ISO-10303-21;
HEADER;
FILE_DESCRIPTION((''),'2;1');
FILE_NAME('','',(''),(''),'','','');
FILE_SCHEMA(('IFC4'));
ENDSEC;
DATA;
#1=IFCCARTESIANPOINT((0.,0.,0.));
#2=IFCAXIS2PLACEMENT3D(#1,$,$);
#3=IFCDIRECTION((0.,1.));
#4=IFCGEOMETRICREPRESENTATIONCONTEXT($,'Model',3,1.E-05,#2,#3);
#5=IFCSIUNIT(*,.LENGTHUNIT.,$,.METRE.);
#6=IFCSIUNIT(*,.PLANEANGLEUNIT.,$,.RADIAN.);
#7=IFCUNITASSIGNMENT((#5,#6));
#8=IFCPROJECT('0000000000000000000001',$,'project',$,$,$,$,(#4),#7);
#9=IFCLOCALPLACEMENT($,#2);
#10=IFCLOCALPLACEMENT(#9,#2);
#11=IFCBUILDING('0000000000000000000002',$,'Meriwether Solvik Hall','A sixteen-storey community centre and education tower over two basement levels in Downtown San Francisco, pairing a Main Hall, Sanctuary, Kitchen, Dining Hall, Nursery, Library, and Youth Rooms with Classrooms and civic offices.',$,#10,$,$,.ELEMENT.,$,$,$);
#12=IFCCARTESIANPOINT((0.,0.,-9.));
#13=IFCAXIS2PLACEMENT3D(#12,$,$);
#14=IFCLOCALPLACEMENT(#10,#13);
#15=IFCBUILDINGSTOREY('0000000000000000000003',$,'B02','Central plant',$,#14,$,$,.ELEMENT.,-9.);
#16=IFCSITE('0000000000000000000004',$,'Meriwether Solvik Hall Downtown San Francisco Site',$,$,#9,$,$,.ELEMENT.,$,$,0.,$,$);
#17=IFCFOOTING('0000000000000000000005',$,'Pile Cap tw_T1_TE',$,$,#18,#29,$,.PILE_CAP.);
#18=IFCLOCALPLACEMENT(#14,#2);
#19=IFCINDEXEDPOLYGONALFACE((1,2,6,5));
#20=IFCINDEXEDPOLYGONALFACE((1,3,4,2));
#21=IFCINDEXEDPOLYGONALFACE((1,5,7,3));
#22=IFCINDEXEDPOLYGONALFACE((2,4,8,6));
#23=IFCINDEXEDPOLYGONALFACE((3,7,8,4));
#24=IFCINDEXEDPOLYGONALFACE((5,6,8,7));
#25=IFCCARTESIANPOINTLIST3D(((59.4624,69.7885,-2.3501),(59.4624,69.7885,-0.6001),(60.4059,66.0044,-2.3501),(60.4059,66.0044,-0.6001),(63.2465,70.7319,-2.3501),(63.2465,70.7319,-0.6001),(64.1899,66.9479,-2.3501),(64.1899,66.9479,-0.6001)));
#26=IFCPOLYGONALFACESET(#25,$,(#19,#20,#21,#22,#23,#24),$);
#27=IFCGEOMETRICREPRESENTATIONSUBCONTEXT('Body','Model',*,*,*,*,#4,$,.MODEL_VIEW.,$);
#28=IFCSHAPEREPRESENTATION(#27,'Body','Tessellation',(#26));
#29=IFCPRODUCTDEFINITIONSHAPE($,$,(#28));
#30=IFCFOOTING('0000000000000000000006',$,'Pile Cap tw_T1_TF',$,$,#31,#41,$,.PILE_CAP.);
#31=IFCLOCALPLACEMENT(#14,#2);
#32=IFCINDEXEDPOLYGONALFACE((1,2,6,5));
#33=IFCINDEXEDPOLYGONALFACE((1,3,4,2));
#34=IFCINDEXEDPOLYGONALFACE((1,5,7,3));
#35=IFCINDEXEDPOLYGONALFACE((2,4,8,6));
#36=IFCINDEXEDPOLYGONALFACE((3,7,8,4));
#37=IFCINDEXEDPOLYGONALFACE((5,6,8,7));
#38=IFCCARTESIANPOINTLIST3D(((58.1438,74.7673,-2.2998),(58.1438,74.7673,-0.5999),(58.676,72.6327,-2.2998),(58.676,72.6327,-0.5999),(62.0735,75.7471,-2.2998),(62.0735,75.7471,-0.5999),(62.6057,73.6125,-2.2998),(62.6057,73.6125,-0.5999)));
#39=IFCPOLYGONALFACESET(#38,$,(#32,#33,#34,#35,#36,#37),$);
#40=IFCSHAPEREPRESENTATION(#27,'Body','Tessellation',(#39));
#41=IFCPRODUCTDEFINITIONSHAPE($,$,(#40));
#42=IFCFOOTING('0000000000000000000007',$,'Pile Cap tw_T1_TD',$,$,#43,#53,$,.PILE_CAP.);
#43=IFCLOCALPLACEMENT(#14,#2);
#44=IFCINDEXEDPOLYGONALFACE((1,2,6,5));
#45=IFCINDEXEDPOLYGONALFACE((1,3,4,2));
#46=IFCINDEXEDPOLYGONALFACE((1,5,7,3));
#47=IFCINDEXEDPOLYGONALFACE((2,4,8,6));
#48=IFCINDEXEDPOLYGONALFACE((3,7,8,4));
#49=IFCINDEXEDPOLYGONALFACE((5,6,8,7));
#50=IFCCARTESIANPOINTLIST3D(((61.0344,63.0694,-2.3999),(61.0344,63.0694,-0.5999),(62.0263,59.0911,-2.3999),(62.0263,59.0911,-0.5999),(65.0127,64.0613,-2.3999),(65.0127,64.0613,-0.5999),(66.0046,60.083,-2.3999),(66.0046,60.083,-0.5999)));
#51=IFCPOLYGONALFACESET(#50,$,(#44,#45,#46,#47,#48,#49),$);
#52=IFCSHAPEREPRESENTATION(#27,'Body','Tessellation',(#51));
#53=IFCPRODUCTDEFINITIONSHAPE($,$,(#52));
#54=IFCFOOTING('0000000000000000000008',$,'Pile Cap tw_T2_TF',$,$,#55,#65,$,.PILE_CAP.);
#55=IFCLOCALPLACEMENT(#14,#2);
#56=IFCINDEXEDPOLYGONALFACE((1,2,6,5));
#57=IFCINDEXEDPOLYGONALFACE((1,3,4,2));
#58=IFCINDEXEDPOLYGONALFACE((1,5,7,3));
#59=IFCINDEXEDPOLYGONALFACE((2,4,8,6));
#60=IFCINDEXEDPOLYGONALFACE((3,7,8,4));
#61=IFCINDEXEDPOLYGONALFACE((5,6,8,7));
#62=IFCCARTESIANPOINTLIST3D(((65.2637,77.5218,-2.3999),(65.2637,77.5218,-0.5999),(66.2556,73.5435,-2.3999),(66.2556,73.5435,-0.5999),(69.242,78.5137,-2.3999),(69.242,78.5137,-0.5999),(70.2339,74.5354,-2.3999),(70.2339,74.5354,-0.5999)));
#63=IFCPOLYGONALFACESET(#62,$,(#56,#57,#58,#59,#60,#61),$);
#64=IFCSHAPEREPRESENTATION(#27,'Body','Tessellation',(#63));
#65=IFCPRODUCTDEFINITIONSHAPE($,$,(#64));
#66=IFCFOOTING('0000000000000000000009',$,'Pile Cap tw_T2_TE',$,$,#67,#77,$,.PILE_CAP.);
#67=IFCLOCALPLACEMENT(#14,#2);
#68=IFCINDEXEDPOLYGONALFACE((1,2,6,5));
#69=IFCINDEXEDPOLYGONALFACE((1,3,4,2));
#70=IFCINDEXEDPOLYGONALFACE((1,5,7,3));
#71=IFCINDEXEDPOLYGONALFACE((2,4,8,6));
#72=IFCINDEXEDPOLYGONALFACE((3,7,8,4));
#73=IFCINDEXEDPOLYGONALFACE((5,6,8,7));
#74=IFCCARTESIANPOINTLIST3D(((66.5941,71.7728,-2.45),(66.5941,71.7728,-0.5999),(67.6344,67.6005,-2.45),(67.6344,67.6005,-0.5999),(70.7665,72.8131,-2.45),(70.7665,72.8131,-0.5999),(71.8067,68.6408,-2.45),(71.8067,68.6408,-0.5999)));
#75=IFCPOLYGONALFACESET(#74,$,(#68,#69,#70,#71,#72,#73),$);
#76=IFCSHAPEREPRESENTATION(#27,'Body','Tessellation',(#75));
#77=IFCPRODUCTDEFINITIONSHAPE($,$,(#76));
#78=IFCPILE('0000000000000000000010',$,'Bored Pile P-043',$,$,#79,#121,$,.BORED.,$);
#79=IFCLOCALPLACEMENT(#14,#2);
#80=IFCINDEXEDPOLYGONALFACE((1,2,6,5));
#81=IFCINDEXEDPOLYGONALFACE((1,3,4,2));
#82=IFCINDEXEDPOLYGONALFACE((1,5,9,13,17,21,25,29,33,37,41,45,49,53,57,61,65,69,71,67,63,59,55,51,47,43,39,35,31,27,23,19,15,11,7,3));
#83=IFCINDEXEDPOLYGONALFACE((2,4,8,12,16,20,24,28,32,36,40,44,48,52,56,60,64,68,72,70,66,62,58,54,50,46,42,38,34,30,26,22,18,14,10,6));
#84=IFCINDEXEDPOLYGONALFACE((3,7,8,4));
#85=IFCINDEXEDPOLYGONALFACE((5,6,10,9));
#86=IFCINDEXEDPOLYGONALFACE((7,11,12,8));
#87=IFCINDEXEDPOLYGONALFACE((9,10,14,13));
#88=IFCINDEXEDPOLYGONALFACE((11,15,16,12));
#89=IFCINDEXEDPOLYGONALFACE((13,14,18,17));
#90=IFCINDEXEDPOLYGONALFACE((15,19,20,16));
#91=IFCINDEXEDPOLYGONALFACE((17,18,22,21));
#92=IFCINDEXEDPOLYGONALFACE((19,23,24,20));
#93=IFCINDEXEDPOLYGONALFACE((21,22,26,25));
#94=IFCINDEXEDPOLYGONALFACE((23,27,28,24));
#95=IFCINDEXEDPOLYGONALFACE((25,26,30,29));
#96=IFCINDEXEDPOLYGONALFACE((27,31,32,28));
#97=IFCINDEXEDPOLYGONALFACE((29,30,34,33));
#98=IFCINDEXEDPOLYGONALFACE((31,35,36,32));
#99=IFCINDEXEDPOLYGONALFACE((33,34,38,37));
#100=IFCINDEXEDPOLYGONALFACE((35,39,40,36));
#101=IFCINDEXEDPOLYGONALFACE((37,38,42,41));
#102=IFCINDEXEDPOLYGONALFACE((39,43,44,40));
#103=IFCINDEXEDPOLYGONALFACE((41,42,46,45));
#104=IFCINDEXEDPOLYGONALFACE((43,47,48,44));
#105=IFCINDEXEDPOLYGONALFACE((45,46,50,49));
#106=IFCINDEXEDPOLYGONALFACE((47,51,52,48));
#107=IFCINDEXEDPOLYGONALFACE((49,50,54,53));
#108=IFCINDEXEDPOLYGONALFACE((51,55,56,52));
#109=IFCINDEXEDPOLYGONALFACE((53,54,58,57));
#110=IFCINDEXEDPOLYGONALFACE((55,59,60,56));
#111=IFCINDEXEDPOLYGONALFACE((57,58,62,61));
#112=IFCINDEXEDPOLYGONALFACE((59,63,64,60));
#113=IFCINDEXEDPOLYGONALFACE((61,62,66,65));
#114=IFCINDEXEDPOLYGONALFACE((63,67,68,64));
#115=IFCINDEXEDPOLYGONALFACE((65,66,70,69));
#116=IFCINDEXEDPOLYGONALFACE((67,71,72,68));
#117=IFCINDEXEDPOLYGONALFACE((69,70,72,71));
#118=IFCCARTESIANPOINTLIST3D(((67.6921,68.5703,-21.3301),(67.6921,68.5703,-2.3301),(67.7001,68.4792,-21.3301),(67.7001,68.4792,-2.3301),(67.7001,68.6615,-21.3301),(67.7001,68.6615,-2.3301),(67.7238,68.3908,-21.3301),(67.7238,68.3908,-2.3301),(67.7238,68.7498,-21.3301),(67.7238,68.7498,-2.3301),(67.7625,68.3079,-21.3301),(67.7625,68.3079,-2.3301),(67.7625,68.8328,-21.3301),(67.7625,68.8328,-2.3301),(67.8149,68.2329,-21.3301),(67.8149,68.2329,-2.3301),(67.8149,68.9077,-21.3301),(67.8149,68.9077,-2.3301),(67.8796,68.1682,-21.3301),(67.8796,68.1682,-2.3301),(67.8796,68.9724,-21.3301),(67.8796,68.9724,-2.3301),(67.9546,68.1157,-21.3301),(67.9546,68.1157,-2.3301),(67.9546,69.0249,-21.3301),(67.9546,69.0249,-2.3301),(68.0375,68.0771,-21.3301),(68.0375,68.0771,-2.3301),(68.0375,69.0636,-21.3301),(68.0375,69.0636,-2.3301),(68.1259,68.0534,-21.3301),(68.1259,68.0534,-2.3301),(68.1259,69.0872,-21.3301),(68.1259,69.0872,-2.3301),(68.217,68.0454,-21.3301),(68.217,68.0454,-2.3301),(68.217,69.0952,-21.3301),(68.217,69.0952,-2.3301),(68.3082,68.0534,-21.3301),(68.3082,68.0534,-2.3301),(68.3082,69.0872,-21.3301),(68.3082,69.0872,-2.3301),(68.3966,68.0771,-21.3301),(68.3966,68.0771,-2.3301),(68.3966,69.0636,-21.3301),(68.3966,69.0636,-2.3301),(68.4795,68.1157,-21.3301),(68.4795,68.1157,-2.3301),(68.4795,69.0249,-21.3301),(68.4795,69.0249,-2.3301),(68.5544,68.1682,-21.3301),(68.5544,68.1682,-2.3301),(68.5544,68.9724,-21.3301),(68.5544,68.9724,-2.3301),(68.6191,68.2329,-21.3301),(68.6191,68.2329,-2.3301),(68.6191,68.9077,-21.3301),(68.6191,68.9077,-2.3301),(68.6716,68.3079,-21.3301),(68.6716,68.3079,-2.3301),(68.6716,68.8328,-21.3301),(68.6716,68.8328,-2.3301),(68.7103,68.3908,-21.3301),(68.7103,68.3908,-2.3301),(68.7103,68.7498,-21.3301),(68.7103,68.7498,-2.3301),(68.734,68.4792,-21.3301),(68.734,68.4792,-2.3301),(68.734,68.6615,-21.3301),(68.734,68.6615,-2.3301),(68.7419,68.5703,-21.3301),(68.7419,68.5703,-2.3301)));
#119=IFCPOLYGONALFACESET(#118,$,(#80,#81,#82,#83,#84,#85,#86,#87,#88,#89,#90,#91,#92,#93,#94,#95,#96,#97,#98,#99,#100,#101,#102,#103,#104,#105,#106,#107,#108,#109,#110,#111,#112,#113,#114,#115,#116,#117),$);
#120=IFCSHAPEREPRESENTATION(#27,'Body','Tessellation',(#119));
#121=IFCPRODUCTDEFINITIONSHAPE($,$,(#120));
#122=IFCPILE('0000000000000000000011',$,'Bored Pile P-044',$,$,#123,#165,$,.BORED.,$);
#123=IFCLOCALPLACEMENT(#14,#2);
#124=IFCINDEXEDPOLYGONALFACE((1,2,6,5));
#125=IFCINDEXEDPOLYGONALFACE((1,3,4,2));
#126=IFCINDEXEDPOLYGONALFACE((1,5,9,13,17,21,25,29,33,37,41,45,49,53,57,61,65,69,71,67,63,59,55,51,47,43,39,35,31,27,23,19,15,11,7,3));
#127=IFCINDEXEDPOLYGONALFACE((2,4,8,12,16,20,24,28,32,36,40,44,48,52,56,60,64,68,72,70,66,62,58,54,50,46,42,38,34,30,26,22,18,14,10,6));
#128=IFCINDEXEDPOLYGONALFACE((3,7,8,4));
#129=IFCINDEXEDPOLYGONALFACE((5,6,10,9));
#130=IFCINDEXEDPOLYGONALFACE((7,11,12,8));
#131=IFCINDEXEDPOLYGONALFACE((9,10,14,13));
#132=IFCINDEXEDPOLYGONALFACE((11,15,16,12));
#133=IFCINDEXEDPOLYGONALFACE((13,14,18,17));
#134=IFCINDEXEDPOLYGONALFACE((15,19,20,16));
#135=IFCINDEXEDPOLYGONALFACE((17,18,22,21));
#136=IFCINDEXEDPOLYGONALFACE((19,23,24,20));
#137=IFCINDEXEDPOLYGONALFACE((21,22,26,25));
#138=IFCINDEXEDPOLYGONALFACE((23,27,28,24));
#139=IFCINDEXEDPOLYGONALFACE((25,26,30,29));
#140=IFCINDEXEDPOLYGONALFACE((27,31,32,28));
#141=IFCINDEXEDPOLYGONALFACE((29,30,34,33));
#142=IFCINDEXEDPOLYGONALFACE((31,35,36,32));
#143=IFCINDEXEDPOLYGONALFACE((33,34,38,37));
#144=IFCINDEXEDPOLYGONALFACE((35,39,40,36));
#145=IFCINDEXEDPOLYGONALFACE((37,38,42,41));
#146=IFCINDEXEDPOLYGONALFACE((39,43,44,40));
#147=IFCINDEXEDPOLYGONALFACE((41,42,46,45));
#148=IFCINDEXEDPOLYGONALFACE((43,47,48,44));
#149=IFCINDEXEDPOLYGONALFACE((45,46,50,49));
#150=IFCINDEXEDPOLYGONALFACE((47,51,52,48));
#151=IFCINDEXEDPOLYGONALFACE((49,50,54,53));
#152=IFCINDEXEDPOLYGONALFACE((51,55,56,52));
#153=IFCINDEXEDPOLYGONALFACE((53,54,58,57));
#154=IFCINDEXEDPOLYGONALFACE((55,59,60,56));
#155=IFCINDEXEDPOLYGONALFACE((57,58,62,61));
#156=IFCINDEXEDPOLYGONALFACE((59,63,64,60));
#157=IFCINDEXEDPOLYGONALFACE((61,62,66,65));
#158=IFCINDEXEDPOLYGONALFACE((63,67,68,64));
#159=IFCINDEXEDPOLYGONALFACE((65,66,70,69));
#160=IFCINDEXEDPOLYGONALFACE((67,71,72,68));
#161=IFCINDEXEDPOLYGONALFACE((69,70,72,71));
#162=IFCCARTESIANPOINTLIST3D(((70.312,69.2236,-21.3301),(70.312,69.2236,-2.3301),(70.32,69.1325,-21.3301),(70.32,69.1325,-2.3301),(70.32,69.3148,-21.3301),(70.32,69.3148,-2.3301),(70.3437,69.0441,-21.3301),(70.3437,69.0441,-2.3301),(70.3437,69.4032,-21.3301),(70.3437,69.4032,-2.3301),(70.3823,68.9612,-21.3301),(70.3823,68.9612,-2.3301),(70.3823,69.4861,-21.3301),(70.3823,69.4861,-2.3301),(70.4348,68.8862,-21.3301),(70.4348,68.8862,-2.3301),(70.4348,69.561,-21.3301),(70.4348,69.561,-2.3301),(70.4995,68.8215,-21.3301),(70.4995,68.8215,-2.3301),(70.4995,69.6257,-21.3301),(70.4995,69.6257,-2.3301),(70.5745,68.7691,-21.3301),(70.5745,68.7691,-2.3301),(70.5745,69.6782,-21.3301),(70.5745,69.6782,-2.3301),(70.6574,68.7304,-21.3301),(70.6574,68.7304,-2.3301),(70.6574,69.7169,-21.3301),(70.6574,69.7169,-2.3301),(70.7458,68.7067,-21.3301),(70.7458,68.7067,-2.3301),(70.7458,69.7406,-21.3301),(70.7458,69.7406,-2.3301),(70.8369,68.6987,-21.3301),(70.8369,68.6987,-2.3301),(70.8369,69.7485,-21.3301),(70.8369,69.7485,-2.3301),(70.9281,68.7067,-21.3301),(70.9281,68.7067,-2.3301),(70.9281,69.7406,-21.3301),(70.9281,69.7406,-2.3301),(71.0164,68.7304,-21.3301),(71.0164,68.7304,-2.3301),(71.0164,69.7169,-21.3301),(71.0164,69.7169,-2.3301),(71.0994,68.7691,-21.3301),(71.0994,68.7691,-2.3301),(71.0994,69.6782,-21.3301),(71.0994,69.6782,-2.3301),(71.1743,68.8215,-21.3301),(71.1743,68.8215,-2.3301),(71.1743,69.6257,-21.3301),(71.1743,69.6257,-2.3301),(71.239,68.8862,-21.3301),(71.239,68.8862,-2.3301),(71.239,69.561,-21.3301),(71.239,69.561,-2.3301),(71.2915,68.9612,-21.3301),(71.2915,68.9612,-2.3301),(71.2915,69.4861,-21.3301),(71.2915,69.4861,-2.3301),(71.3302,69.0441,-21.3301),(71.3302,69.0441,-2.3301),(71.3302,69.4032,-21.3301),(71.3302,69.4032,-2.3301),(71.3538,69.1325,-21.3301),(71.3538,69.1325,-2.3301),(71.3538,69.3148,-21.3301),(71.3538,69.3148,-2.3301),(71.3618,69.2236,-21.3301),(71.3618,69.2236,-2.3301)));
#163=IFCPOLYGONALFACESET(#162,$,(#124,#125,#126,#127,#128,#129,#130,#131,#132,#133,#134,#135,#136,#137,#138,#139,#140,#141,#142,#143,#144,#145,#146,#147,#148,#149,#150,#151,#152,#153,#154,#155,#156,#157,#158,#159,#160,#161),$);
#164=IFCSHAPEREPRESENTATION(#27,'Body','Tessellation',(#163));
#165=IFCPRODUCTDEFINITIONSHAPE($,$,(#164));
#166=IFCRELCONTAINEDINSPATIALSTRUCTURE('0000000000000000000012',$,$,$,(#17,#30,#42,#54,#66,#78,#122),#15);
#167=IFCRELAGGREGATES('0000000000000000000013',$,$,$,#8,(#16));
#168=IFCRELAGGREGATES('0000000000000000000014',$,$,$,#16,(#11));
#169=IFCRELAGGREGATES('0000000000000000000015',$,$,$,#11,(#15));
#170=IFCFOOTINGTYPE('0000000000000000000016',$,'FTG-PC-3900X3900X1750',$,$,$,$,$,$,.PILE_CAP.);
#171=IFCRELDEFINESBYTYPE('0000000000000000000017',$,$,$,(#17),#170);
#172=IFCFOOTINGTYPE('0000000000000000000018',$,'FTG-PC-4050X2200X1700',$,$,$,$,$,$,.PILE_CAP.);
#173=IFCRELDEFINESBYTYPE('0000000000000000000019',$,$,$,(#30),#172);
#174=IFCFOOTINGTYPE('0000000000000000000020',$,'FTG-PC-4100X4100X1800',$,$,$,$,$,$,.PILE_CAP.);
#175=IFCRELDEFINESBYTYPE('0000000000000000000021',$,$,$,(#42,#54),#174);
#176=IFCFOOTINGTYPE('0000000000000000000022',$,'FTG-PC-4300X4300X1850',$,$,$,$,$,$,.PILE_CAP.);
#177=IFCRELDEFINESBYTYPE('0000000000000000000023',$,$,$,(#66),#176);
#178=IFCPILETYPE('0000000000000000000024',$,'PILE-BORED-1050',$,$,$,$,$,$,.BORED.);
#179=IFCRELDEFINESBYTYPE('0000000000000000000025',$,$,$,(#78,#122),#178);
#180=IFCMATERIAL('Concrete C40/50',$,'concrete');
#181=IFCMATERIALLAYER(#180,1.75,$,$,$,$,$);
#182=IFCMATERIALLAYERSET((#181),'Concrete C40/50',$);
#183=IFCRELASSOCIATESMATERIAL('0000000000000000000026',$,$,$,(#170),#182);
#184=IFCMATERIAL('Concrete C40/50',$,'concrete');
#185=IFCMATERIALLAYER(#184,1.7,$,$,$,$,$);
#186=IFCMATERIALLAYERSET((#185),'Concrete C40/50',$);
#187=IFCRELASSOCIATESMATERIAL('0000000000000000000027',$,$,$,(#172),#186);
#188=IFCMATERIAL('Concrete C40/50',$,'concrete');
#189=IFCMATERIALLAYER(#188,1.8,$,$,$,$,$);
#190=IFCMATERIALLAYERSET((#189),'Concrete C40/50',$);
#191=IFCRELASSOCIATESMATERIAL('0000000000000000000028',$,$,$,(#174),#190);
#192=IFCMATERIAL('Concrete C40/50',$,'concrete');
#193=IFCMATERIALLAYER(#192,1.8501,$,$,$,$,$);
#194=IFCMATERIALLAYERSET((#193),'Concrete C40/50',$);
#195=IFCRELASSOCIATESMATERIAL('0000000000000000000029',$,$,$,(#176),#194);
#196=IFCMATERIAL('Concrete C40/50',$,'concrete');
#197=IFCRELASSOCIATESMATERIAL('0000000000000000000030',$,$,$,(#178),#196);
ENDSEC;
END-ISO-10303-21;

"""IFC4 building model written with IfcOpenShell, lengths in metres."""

from ifc_helpers import new_model, si_unit, direction, frame, origin, origin_2d, place, context, subcontext, project, spatial, rectangle, circle, extrude, material, layer, layer_set, material_profile, profile_set, type_object, element, save


model = new_model("IFC4")

# Units and contexts
model_context = context("Model", 3, precision=1e-05, world=origin(), true_north=direction((0.0, 1.0)))
body_context = subcontext(model_context, "Body", "Model", "MODEL_VIEW")
ifc_project = project(units=[si_unit("LENGTHUNIT", "METRE"), si_unit("PLANEANGLEUNIT", "RADIAN")], contexts=[model_context])

# Site, building, storey
site_placement = place(None, origin())
site = spatial("IfcSite", under=ifc_project, at=site_placement, Name="Meriwether Solvik Hall Downtown San Francisco Site", CompositionType="ELEMENT", RefElevation=0.0)
building_placement = place(site_placement, origin())
building = spatial("IfcBuilding", under=site, at=building_placement, Name="Meriwether Solvik Hall", Description="A sixteen-storey community centre and education tower over two basement levels in Downtown San Francisco, pairing a Main Hall, Sanctuary, Kitchen, Dining Hall, Nursery, Library, and Youth Rooms with Classrooms and civic offices.", CompositionType="ELEMENT")
storey_placement = place(building_placement, frame((0.0, 0.0, -9.0)))
storey = spatial("IfcBuildingStorey", under=building, at=storey_placement, Name="B02", Description="Central plant", CompositionType="ELEMENT", Elevation=-9.0)

# Footings
ifc_material_1 = material(Name="Concrete C40/50", Category="concrete")
ifc_layer_1 = layer(ifc_material_1, 1.75)
ifc_layer_set_1 = layer_set([ifc_layer_1], Name="Concrete C40/50")
footing_type_1 = type_object("IfcFootingType", Name="FTG-PC-3900X3900X1750", PredefinedType="PILE_CAP", material=ifc_layer_set_1)
footing_1_placement = place(storey_placement, frame((61.8262, 68.3682, -2.3501), z_axis=(0.0, 0.0, 1.0), x_axis=(0.970296, 0.241922, 0.0)))
element("IfcFooting", 1, at=footing_1_placement, inside=storey, type_object=footing_type_1, Name="Pile Cap tw_T1_TE", PredefinedType="PILE_CAP", context=body_context, shape_type="SweptSolid", body=[
    extrude(rectangle(XDim=3.8999, YDim=3.8999, at=origin_2d()), origin(), (0.0, 0.0, 1.0), 1.75),
])
ifc_material_2 = material(Name="Concrete C40/50", Category="concrete")
ifc_layer_2 = layer(ifc_material_2, 1.7)
ifc_layer_set_2 = layer_set([ifc_layer_2], Name="Concrete C40/50")
footing_type_2 = type_object("IfcFootingType", Name="FTG-PC-4050X2200X1700", PredefinedType="PILE_CAP", material=ifc_layer_set_2)
footing_2_placement = place(storey_placement, frame((60.3748, 74.1899, -2.2998), z_axis=(0.0, 0.0, 1.0), x_axis=(0.970296, 0.241922, 0.0)))
element("IfcFooting", 2, at=footing_2_placement, inside=storey, type_object=footing_type_2, Name="Pile Cap tw_T1_TF", PredefinedType="PILE_CAP", context=body_context, shape_type="SweptSolid", body=[
    extrude(rectangle(XDim=4.05, YDim=2.2, at=origin_2d()), origin(), (0.0, 0.0, 1.0), 1.7),
])
ifc_material_3 = material(Name="Concrete C40/50", Category="concrete")
ifc_layer_3 = layer(ifc_material_3, 1.8)
ifc_layer_set_3 = layer_set([ifc_layer_3], Name="Concrete C40/50")
footing_type_3 = type_object("IfcFootingType", Name="FTG-PC-4100X4100X1800", PredefinedType="PILE_CAP", material=ifc_layer_set_3)
for number, where, z_axis, x_axis, name in (
    (3, (63.5195, 61.5762, -2.3999), (0.0, 0.0, 1.0), (0.970296, 0.241922, 0.0), "Pile Cap tw_T1_TD"),
    (4, (67.7488, 76.0286, -2.3999), (0.0, 0.0, 1.0), (0.970296, 0.241922, 0.0), "Pile Cap tw_T2_TF"),
):
    element("IfcFooting", number, at=place(storey_placement, frame(where, z_axis=z_axis, x_axis=x_axis)), inside=storey, type_object=footing_type_3, Name=name, PredefinedType="PILE_CAP", context=body_context, shape_type="SweptSolid", body=[
        extrude(rectangle(XDim=4.1001, YDim=4.1001, at=origin_2d()), origin(), (0.0, 0.0, 1.0), 1.8),
    ])
ifc_material_4 = material(Name="Concrete C40/50", Category="concrete")
ifc_layer_4 = layer(ifc_material_4, 1.8501)
ifc_layer_set_4 = layer_set([ifc_layer_4], Name="Concrete C40/50")
footing_type_4 = type_object("IfcFootingType", Name="FTG-PC-4300X4300X1850", PredefinedType="PILE_CAP", material=ifc_layer_set_4)
footing_3_placement = place(storey_placement, frame((69.2004, 70.2068, -2.45), z_axis=(0.0, 0.0, 1.0), x_axis=(0.970296, 0.241922, 0.0)))
element("IfcFooting", 5, at=footing_3_placement, inside=storey, type_object=footing_type_4, Name="Pile Cap tw_T2_TE", PredefinedType="PILE_CAP", context=body_context, shape_type="SweptSolid", body=[
    extrude(rectangle(XDim=4.3, YDim=4.3, at=origin_2d()), origin(), (0.0, 0.0, 1.0), 1.8501),
])

# Piles
ifc_material_5 = material(Name="Concrete C40/50", Category="concrete")
ifc_material_profile_1 = material_profile(ifc_material_5, circle(Radius=0.5249, at=origin_2d()), Name="PILE-D1050")
ifc_profile_set_1 = profile_set([ifc_material_profile_1], Name="Concrete C40/50")
pile_type_1 = type_object("IfcPileType", Name="PILE-BORED-1050", PredefinedType="BORED", material=ifc_profile_set_1)
for number, where, z_axis, x_axis, name in (
    (6, (68.217, 68.5703, -2.3301), (0.0, 0.0, -1.0), (1.0, 0.0, 0.0), "Bored Pile P-043"),
    (7, (70.8369, 69.2236, -2.3301), (0.0, 0.0, -1.0), (1.0, 0.0, 0.0), "Bored Pile P-044"),
):
    element("IfcPile", number, at=place(storey_placement, frame(where, z_axis=z_axis, x_axis=x_axis)), inside=storey, type_object=pile_type_1, Name=name, PredefinedType="BORED", context=body_context, shape_type="SweptSolid", body=[
        extrude(circle(Radius=0.5249, at=origin_2d()), origin(), (0.0, 0.0, 1.0), 19.0),
    ])

save(model, "model.ifc")
